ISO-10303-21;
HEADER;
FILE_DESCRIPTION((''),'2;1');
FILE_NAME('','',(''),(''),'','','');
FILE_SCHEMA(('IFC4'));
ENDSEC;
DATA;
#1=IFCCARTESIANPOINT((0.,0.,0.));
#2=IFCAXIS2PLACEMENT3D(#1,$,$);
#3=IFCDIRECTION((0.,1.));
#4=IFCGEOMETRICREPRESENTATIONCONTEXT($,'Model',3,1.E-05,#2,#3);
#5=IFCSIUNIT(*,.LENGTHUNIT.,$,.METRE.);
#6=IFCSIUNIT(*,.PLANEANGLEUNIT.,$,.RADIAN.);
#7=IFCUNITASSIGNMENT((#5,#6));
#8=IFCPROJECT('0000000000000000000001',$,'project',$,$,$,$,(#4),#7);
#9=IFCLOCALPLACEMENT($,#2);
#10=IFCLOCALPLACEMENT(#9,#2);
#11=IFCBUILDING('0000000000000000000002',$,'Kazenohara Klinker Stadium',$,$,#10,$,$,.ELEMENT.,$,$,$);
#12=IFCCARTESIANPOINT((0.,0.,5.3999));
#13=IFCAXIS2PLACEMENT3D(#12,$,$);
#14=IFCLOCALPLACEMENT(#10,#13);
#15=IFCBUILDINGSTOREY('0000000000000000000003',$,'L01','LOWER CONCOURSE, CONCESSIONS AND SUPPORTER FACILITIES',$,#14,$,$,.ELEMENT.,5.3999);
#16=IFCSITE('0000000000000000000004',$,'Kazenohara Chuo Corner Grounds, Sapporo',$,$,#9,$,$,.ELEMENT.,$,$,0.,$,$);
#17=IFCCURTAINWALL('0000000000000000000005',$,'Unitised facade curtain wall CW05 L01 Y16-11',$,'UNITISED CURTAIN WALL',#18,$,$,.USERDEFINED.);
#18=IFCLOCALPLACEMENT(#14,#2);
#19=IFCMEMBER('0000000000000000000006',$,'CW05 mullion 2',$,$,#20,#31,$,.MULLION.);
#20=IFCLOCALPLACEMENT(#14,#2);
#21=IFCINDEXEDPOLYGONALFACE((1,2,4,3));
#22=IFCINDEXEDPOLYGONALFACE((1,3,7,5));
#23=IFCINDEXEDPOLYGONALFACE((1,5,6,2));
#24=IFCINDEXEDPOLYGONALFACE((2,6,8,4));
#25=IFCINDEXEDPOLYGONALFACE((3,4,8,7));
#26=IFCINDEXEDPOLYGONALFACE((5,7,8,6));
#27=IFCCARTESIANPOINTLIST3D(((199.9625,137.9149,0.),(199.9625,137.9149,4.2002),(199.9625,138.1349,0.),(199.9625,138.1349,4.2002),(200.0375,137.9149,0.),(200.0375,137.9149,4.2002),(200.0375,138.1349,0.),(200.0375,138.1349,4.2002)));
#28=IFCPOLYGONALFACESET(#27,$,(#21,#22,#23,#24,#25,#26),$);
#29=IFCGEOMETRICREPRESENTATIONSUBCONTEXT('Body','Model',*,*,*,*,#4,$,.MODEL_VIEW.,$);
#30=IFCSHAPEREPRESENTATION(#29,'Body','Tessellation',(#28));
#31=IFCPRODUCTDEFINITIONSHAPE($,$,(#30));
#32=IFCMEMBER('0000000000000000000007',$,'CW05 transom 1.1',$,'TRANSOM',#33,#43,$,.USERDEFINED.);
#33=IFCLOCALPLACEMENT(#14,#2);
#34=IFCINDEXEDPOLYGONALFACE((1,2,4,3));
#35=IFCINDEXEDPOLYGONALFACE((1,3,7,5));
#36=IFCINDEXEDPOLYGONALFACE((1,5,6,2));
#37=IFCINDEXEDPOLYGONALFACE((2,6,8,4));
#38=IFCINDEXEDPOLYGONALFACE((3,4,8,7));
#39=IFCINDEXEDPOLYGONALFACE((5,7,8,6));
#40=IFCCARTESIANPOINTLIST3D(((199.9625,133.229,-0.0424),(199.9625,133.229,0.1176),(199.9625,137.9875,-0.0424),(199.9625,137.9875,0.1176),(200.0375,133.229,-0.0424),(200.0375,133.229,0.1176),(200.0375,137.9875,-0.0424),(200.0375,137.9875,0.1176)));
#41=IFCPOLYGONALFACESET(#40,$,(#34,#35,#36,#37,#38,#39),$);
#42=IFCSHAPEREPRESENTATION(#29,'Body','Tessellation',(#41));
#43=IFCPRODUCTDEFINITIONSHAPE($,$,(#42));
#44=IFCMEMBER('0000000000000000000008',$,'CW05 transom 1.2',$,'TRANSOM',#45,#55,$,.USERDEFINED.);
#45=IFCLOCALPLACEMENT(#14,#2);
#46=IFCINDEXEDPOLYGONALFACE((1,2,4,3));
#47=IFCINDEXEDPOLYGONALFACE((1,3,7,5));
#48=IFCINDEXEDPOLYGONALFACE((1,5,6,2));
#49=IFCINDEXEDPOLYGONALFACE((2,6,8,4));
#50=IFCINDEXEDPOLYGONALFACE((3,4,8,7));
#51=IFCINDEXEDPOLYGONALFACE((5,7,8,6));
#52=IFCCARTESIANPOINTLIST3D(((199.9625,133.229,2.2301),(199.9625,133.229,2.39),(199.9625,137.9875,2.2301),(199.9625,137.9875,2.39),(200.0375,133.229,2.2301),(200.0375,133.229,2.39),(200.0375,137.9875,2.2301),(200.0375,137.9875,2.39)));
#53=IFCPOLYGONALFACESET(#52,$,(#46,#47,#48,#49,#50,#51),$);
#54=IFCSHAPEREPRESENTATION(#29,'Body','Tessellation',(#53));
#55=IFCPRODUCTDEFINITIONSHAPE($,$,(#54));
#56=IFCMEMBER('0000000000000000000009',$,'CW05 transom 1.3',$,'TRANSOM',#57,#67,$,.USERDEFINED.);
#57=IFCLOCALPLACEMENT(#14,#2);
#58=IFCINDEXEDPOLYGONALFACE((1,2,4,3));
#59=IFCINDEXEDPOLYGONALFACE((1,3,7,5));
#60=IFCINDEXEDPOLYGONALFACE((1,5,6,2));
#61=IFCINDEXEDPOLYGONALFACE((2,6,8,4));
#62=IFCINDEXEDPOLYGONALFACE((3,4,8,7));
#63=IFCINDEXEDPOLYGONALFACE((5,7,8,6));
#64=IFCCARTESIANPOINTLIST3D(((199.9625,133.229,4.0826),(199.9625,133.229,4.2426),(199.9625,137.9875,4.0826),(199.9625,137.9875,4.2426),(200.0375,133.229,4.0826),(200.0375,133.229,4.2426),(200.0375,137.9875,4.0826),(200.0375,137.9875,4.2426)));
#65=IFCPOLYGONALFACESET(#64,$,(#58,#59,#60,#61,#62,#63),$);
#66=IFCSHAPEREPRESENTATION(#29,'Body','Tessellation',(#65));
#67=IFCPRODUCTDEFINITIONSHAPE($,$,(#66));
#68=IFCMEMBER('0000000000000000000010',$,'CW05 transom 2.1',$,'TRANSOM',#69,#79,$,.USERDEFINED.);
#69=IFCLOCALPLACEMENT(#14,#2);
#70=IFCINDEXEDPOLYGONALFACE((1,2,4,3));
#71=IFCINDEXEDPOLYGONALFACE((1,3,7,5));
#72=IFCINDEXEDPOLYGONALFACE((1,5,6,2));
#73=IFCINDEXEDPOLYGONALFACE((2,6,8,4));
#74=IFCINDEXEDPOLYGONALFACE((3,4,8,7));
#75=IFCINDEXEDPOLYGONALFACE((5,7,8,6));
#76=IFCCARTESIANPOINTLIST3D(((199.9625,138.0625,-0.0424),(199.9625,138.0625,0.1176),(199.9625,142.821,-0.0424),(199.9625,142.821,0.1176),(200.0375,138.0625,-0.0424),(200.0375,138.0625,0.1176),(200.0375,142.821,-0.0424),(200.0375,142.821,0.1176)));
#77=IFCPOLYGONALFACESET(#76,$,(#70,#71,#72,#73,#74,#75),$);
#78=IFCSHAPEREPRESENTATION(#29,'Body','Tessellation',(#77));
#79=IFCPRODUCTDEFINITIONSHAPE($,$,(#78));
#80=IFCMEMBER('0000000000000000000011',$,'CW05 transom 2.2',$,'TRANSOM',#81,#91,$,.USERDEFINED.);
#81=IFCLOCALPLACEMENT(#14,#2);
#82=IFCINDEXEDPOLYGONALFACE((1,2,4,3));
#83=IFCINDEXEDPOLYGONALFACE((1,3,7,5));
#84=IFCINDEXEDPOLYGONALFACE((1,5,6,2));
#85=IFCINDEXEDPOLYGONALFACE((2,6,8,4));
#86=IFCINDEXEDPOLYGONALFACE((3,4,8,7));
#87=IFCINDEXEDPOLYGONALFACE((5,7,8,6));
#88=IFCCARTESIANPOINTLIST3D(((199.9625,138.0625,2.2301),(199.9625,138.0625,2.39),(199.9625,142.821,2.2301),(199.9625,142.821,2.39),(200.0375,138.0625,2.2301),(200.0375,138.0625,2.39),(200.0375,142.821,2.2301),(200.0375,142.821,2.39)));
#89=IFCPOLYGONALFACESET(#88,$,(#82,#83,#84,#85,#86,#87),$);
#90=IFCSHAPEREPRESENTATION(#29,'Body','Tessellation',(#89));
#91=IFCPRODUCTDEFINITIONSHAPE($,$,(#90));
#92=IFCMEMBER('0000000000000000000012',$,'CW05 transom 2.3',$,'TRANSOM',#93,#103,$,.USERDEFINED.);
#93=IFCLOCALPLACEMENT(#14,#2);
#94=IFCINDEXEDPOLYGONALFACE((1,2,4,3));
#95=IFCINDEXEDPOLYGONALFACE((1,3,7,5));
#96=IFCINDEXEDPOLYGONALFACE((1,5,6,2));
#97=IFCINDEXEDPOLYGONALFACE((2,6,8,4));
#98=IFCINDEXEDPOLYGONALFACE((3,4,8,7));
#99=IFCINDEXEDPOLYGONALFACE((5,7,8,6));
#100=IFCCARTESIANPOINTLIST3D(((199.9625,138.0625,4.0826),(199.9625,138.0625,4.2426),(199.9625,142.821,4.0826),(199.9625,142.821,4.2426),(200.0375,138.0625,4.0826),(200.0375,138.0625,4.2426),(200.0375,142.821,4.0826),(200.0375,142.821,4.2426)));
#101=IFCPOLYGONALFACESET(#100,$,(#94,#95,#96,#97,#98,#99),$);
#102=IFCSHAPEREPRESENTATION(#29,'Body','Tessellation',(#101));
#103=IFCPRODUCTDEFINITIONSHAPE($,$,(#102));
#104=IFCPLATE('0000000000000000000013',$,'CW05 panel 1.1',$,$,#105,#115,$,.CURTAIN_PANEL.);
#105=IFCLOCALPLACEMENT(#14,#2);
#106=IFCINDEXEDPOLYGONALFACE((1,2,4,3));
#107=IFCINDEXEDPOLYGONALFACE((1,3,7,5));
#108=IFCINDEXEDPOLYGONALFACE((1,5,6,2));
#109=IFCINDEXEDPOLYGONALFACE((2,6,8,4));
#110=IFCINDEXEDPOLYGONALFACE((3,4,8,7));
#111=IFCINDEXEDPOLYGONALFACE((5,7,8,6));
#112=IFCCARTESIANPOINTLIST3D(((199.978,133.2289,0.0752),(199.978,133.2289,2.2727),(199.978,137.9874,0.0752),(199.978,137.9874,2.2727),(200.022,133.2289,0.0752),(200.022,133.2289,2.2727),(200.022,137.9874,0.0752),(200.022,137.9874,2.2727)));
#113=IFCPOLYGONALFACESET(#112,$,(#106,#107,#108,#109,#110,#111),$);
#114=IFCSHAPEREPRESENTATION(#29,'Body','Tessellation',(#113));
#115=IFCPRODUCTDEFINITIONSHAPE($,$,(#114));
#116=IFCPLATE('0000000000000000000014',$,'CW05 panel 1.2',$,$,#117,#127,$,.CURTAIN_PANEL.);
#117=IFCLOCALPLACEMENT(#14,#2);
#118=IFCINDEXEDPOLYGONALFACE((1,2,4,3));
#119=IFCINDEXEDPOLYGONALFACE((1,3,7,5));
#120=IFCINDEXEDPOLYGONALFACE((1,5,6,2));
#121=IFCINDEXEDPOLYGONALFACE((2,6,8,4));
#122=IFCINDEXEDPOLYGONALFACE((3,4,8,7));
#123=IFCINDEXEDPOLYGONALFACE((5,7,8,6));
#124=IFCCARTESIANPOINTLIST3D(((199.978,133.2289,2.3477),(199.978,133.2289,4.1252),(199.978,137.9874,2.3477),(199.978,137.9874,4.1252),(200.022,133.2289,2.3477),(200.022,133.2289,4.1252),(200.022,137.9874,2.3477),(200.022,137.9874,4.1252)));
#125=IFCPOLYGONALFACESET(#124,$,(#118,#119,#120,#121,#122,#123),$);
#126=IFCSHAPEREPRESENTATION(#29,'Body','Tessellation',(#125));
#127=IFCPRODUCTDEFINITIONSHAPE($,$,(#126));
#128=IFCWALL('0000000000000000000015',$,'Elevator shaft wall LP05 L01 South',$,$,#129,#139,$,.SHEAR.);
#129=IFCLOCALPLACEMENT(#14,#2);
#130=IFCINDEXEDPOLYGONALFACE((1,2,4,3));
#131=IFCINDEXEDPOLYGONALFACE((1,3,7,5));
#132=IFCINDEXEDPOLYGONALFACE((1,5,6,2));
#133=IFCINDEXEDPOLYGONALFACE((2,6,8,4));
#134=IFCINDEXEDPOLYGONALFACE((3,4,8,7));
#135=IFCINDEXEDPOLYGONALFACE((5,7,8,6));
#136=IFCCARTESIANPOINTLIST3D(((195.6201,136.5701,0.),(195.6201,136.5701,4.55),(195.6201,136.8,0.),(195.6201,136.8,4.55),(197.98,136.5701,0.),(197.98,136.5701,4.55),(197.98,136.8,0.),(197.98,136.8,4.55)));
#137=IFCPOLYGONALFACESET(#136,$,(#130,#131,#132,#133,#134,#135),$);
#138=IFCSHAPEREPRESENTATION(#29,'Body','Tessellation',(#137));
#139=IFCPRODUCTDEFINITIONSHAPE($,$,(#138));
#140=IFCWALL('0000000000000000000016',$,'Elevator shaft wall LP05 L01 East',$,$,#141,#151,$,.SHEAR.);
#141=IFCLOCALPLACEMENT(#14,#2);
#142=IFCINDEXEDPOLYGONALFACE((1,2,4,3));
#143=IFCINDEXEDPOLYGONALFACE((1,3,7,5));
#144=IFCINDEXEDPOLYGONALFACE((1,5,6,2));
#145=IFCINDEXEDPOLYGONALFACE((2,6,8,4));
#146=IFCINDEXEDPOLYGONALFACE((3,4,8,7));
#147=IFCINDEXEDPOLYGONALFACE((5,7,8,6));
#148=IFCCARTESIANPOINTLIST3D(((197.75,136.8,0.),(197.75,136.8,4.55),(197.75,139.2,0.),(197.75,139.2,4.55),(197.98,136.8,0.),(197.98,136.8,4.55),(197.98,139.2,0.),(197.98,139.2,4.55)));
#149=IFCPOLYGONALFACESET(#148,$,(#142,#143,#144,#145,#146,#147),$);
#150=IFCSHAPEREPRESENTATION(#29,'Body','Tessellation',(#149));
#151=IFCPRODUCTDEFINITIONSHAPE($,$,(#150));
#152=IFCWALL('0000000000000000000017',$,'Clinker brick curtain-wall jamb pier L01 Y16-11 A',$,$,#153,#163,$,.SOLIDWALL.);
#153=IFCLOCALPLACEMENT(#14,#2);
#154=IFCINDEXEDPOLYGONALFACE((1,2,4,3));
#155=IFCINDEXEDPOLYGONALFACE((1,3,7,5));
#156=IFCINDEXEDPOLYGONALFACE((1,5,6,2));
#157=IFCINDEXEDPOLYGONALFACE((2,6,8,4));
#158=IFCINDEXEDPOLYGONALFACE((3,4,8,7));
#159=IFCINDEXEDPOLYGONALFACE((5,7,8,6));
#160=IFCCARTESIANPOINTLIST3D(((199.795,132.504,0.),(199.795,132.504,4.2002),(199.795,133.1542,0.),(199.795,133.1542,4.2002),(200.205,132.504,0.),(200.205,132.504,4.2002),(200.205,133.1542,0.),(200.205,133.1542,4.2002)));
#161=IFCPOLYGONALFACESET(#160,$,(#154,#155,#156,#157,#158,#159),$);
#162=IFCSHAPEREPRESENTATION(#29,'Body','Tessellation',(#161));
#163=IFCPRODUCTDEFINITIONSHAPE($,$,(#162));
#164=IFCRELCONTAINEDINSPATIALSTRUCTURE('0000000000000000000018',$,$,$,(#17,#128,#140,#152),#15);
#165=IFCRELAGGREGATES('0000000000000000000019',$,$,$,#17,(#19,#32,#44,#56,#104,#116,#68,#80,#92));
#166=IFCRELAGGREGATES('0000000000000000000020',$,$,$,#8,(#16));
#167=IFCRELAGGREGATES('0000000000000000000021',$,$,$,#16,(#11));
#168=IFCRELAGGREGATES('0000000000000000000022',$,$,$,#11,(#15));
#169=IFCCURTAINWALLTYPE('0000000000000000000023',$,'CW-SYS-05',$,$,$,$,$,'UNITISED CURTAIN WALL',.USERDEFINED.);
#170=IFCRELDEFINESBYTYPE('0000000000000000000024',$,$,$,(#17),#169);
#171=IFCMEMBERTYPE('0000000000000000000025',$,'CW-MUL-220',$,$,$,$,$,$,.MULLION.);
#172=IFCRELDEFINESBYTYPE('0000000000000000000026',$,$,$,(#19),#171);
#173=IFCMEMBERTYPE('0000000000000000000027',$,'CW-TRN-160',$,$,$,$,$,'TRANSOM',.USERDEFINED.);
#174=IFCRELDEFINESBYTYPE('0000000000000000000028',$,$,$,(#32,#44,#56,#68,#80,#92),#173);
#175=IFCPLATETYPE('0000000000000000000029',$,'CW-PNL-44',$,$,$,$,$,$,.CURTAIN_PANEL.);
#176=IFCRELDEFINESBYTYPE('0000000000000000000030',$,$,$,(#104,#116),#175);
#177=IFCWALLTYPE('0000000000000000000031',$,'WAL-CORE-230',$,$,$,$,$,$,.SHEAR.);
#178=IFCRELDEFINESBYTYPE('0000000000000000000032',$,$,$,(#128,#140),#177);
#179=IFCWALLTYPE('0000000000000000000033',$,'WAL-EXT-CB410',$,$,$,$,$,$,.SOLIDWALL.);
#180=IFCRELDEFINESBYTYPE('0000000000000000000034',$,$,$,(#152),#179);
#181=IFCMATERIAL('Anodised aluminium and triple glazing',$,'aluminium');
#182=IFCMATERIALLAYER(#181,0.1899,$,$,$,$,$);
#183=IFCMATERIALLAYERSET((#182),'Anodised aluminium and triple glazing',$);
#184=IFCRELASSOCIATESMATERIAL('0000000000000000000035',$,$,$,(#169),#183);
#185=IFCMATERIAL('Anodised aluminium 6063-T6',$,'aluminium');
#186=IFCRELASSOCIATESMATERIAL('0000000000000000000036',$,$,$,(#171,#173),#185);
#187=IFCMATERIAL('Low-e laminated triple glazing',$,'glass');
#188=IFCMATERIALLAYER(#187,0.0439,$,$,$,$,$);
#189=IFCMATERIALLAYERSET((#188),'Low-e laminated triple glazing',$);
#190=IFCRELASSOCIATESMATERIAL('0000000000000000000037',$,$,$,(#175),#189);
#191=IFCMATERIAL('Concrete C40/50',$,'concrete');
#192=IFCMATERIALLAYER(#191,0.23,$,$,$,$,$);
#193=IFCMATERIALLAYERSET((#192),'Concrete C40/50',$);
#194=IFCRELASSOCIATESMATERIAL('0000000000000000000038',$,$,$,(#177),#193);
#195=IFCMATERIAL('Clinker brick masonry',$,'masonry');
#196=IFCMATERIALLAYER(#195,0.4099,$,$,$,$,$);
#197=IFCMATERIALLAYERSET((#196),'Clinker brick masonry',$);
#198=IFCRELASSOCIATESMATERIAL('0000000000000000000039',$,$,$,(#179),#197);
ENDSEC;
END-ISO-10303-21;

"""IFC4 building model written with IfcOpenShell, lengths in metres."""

from ifc_helpers import new_model, si_unit, direction, frame, frame_2d, origin, origin_2d, place, context, subcontext, project, spatial, rectangle, extrude, material, layer, layer_set, material_profile, profile_set, type_object, element, aggregate, save


model = new_model("IFC4")

# Units and contexts
model_context = context("Model", 3, precision=1e-05, world=origin(), true_north=direction((0.0, 1.0)))
body_context = subcontext(model_context, "Body", "Model", "MODEL_VIEW")
ifc_project = project(units=[si_unit("LENGTHUNIT", "METRE"), si_unit("PLANEANGLEUNIT", "RADIAN")], contexts=[model_context])

# Site, building, storey
site_placement = place(None, origin())
site = spatial("IfcSite", under=ifc_project, at=site_placement, Name="Kazenohara Chuo Corner Grounds, Sapporo", CompositionType="ELEMENT", RefElevation=0.0)
building_placement = place(site_placement, origin())
building = spatial("IfcBuilding", under=site, at=building_placement, Name="Kazenohara Klinker Stadium", CompositionType="ELEMENT")
storey_placement = place(building_placement, frame((0.0, 0.0, 5.3999)))
storey = spatial("IfcBuildingStorey", under=building, at=storey_placement, Name="L01", Description="LOWER CONCOURSE, CONCESSIONS AND SUPPORTER FACILITIES", CompositionType="ELEMENT", Elevation=5.3999)

# Shared definitions
ifc_material_1 = material(Name="Concrete C40/50", Category="concrete")

# Curtain wall, members, plates
ifc_material_2 = material(Name="Anodised aluminium and triple glazing", Category="aluminium")
ifc_layer_1 = layer(ifc_material_2, 0.1899)
ifc_layer_set_1 = layer_set([ifc_layer_1], Name="Anodised aluminium and triple glazing")
curtain_wall_type = type_object("IfcCurtainWallType", Name="CW-SYS-05", ElementType="UNITISED CURTAIN WALL", PredefinedType="USERDEFINED", material=ifc_layer_set_1)
curtain_wall_placement = place(storey_placement, origin())
curtain_wall = element("IfcCurtainWall", 1, at=curtain_wall_placement, inside=storey, type_object=curtain_wall_type, Name="Unitised facade curtain wall CW05 L01 Y16-11", ObjectType="UNITISED CURTAIN WALL", PredefinedType="USERDEFINED")
ifc_material_3 = material(Name="Anodised aluminium 6063-T6", Category="aluminium")
ifc_material_profile_1 = material_profile(ifc_material_3, rectangle(XDim=0.075, YDim=0.22, at=origin_2d()), Name="ALU-MUL-75x220")
ifc_profile_set_1 = profile_set([ifc_material_profile_1], Name="Anodised aluminium 6063-T6")
member_type_1 = type_object("IfcMemberType", Name="CW-MUL-220", PredefinedType="MULLION", material=ifc_profile_set_1)
member_1_placement = place(storey_placement, frame((200.0, 138.0249, 0.0), z_axis=(0.0, 0.0, 1.0), x_axis=(-1.0, 0.0, 0.0)))
member_1 = element("IfcMember", 2, at=member_1_placement, type_object=member_type_1, Name="CW05 mullion 2", PredefinedType="MULLION", context=body_context, shape_type="SweptSolid", body=[
    extrude(rectangle(XDim=0.075, YDim=0.22, at=origin_2d()), origin(), (0.0, 0.0, 1.0), 4.2002),
])
ifc_material_profile_2 = material_profile(ifc_material_3, rectangle(XDim=0.075, YDim=0.1599, at=origin_2d()), Name="ALU-TRN-75x160")
ifc_profile_set_2 = profile_set([ifc_material_profile_2], Name="Anodised aluminium 6063-T6")
member_type_2 = type_object("IfcMemberType", Name="CW-TRN-160", ElementType="TRANSOM", PredefinedType="USERDEFINED", material=ifc_profile_set_2)
member_2_placement = place(storey_placement, frame((200.0, 133.229, 0.0376), z_axis=(0.0, 1.0, 0.0), x_axis=(-1.0, 0.0, 0.0)))
member_2 = element("IfcMember", 3, at=member_2_placement, type_object=member_type_2, Name="CW05 transom 1.1", ObjectType="TRANSOM", PredefinedType="USERDEFINED", context=body_context, shape_type="SweptSolid", body=[
    extrude(rectangle(XDim=0.075, YDim=0.1599, at=origin_2d()), origin(), (0.0, 0.0, 1.0), 4.7585),
])
member_3_placement = place(storey_placement, frame((200.0, 133.229, 2.3101), z_axis=(0.0, 1.0, 0.0), x_axis=(-1.0, 0.0, 0.0)))
member_3 = element("IfcMember", 4, at=member_3_placement, type_object=member_type_2, Name="CW05 transom 1.2", ObjectType="TRANSOM", PredefinedType="USERDEFINED", context=body_context, shape_type="SweptSolid", body=[
    extrude(rectangle(XDim=0.075, YDim=0.1599, at=origin_2d()), origin(), (0.0, 0.0, 1.0), 4.7585),
])
member_4_placement = place(storey_placement, frame((200.0, 133.229, 4.1626), z_axis=(0.0, 1.0, 0.0), x_axis=(-1.0, 0.0, 0.0)))
member_4 = element("IfcMember", 5, at=member_4_placement, type_object=member_type_2, Name="CW05 transom 1.3", ObjectType="TRANSOM", PredefinedType="USERDEFINED", context=body_context, shape_type="SweptSolid", body=[
    extrude(rectangle(XDim=0.075, YDim=0.1599, at=origin_2d()), origin(), (0.0, 0.0, 1.0), 4.7585),
])
member_5_placement = place(storey_placement, frame((200.0, 138.0625, 0.0376), z_axis=(0.0, 1.0, 0.0), x_axis=(-1.0, 0.0, 0.0)))
member_5 = element("IfcMember", 6, at=member_5_placement, type_object=member_type_2, Name="CW05 transom 2.1", ObjectType="TRANSOM", PredefinedType="USERDEFINED", context=body_context, shape_type="SweptSolid", body=[
    extrude(rectangle(XDim=0.075, YDim=0.1599, at=origin_2d()), origin(), (0.0, 0.0, 1.0), 4.7585),
])
member_6_placement = place(storey_placement, frame((200.0, 138.0625, 2.3101), z_axis=(0.0, 1.0, 0.0), x_axis=(-1.0, 0.0, 0.0)))
member_6 = element("IfcMember", 7, at=member_6_placement, type_object=member_type_2, Name="CW05 transom 2.2", ObjectType="TRANSOM", PredefinedType="USERDEFINED", context=body_context, shape_type="SweptSolid", body=[
    extrude(rectangle(XDim=0.075, YDim=0.1599, at=origin_2d()), origin(), (0.0, 0.0, 1.0), 4.7585),
])
member_7_placement = place(storey_placement, frame((200.0, 138.0625, 4.1626), z_axis=(0.0, 1.0, 0.0), x_axis=(-1.0, 0.0, 0.0)))
member_7 = element("IfcMember", 8, at=member_7_placement, type_object=member_type_2, Name="CW05 transom 2.3", ObjectType="TRANSOM", PredefinedType="USERDEFINED", context=body_context, shape_type="SweptSolid", body=[
    extrude(rectangle(XDim=0.075, YDim=0.1599, at=origin_2d()), origin(), (0.0, 0.0, 1.0), 4.7585),
])
ifc_material_4 = material(Name="Low-e laminated triple glazing", Category="glass")
ifc_layer_2 = layer(ifc_material_4, 0.0439)
ifc_layer_set_2 = layer_set([ifc_layer_2], Name="Low-e laminated triple glazing")
plate_type = type_object("IfcPlateType", Name="CW-PNL-44", PredefinedType="CURTAIN_PANEL", material=ifc_layer_set_2)
plate_1_placement = place(storey_placement, frame((200.0, 135.6082, 0.0752), z_axis=(0.0, 0.0, 1.0), x_axis=(0.0, 1.0, 0.0)))
plate_1 = element("IfcPlate", 9, at=plate_1_placement, type_object=plate_type, Name="CW05 panel 1.1", PredefinedType="CURTAIN_PANEL", context=body_context, shape_type="SweptSolid", body=[
    extrude(rectangle(XDim=4.7585, YDim=0.0439, at=origin_2d()), origin(), (0.0, 0.0, 1.0), 2.1975),
])
plate_2_placement = place(storey_placement, frame((200.0, 135.6082, 2.3477), z_axis=(0.0, 0.0, 1.0), x_axis=(0.0, 1.0, 0.0)))
plate_2 = element("IfcPlate", 10, at=plate_2_placement, type_object=plate_type, Name="CW05 panel 1.2", PredefinedType="CURTAIN_PANEL", context=body_context, shape_type="SweptSolid", body=[
    extrude(rectangle(XDim=4.7585, YDim=0.0439, at=origin_2d()), origin(), (0.0, 0.0, 1.0), 1.7776),
])
aggregate(curtain_wall, [member_1, member_2, member_3, member_4, plate_1, plate_2, member_5, member_6, member_7])

# Wall
ifc_layer_3 = layer(ifc_material_1, 0.23)
ifc_layer_set_3 = layer_set([ifc_layer_3], Name="Concrete C40/50")
wall_type_1 = type_object("IfcWallType", Name="WAL-CORE-230", PredefinedType="SHEAR", material=ifc_layer_set_3)
wall_1_placement = place(storey_placement, frame((195.6201, 136.6851, 0.0), z_axis=(0.0, 0.0, 1.0), x_axis=(1.0, 0.0, 0.0)))
element("IfcWall", 11, at=wall_1_placement, inside=storey, type_object=wall_type_1, Name="Elevator shaft wall LP05 L01 South", PredefinedType="SHEAR", context=body_context, shape_type="SweptSolid", body=[
    extrude(rectangle(XDim=2.3599, YDim=0.23, at=frame_2d((1.1799, 0.0))), origin(), (0.0, 0.0, 1.0), 4.55),
])

# Walls
wall_2_placement = place(storey_placement, frame((197.865, 136.8, 0.0), z_axis=(0.0, 0.0, 1.0), x_axis=(0.0, 1.0, 0.0)))
element("IfcWall", 12, at=wall_2_placement, inside=storey, type_object=wall_type_1, Name="Elevator shaft wall LP05 L01 East", PredefinedType="SHEAR", context=body_context, shape_type="SweptSolid", body=[
    extrude(rectangle(XDim=2.3999, YDim=0.23, at=frame_2d((1.2, 0.0))), origin(), (0.0, 0.0, 1.0), 4.55),
])
ifc_material_5 = material(Name="Clinker brick masonry", Category="masonry")
ifc_layer_4 = layer(ifc_material_5, 0.4099)
ifc_layer_set_4 = layer_set([ifc_layer_4], Name="Clinker brick masonry")
wall_type_2 = type_object("IfcWallType", Name="WAL-EXT-CB410", PredefinedType="SOLIDWALL", material=ifc_layer_set_4)
wall_3_placement = place(storey_placement, frame((200.0, 132.5039, 0.0), z_axis=(0.0, 0.0, 1.0), x_axis=(0.0, 1.0, 0.0)))
element("IfcWall", 13, at=wall_3_placement, inside=storey, type_object=wall_type_2, Name="Clinker brick curtain-wall jamb pier L01 Y16-11 A", PredefinedType="SOLIDWALL", context=body_context, shape_type="SweptSolid", body=[
    extrude(rectangle(XDim=0.6501, YDim=0.4099, at=frame_2d((0.3252, 0.0))), origin(), (0.0, 0.0, 1.0), 4.2002),
])

save(model, "model.ifc")
